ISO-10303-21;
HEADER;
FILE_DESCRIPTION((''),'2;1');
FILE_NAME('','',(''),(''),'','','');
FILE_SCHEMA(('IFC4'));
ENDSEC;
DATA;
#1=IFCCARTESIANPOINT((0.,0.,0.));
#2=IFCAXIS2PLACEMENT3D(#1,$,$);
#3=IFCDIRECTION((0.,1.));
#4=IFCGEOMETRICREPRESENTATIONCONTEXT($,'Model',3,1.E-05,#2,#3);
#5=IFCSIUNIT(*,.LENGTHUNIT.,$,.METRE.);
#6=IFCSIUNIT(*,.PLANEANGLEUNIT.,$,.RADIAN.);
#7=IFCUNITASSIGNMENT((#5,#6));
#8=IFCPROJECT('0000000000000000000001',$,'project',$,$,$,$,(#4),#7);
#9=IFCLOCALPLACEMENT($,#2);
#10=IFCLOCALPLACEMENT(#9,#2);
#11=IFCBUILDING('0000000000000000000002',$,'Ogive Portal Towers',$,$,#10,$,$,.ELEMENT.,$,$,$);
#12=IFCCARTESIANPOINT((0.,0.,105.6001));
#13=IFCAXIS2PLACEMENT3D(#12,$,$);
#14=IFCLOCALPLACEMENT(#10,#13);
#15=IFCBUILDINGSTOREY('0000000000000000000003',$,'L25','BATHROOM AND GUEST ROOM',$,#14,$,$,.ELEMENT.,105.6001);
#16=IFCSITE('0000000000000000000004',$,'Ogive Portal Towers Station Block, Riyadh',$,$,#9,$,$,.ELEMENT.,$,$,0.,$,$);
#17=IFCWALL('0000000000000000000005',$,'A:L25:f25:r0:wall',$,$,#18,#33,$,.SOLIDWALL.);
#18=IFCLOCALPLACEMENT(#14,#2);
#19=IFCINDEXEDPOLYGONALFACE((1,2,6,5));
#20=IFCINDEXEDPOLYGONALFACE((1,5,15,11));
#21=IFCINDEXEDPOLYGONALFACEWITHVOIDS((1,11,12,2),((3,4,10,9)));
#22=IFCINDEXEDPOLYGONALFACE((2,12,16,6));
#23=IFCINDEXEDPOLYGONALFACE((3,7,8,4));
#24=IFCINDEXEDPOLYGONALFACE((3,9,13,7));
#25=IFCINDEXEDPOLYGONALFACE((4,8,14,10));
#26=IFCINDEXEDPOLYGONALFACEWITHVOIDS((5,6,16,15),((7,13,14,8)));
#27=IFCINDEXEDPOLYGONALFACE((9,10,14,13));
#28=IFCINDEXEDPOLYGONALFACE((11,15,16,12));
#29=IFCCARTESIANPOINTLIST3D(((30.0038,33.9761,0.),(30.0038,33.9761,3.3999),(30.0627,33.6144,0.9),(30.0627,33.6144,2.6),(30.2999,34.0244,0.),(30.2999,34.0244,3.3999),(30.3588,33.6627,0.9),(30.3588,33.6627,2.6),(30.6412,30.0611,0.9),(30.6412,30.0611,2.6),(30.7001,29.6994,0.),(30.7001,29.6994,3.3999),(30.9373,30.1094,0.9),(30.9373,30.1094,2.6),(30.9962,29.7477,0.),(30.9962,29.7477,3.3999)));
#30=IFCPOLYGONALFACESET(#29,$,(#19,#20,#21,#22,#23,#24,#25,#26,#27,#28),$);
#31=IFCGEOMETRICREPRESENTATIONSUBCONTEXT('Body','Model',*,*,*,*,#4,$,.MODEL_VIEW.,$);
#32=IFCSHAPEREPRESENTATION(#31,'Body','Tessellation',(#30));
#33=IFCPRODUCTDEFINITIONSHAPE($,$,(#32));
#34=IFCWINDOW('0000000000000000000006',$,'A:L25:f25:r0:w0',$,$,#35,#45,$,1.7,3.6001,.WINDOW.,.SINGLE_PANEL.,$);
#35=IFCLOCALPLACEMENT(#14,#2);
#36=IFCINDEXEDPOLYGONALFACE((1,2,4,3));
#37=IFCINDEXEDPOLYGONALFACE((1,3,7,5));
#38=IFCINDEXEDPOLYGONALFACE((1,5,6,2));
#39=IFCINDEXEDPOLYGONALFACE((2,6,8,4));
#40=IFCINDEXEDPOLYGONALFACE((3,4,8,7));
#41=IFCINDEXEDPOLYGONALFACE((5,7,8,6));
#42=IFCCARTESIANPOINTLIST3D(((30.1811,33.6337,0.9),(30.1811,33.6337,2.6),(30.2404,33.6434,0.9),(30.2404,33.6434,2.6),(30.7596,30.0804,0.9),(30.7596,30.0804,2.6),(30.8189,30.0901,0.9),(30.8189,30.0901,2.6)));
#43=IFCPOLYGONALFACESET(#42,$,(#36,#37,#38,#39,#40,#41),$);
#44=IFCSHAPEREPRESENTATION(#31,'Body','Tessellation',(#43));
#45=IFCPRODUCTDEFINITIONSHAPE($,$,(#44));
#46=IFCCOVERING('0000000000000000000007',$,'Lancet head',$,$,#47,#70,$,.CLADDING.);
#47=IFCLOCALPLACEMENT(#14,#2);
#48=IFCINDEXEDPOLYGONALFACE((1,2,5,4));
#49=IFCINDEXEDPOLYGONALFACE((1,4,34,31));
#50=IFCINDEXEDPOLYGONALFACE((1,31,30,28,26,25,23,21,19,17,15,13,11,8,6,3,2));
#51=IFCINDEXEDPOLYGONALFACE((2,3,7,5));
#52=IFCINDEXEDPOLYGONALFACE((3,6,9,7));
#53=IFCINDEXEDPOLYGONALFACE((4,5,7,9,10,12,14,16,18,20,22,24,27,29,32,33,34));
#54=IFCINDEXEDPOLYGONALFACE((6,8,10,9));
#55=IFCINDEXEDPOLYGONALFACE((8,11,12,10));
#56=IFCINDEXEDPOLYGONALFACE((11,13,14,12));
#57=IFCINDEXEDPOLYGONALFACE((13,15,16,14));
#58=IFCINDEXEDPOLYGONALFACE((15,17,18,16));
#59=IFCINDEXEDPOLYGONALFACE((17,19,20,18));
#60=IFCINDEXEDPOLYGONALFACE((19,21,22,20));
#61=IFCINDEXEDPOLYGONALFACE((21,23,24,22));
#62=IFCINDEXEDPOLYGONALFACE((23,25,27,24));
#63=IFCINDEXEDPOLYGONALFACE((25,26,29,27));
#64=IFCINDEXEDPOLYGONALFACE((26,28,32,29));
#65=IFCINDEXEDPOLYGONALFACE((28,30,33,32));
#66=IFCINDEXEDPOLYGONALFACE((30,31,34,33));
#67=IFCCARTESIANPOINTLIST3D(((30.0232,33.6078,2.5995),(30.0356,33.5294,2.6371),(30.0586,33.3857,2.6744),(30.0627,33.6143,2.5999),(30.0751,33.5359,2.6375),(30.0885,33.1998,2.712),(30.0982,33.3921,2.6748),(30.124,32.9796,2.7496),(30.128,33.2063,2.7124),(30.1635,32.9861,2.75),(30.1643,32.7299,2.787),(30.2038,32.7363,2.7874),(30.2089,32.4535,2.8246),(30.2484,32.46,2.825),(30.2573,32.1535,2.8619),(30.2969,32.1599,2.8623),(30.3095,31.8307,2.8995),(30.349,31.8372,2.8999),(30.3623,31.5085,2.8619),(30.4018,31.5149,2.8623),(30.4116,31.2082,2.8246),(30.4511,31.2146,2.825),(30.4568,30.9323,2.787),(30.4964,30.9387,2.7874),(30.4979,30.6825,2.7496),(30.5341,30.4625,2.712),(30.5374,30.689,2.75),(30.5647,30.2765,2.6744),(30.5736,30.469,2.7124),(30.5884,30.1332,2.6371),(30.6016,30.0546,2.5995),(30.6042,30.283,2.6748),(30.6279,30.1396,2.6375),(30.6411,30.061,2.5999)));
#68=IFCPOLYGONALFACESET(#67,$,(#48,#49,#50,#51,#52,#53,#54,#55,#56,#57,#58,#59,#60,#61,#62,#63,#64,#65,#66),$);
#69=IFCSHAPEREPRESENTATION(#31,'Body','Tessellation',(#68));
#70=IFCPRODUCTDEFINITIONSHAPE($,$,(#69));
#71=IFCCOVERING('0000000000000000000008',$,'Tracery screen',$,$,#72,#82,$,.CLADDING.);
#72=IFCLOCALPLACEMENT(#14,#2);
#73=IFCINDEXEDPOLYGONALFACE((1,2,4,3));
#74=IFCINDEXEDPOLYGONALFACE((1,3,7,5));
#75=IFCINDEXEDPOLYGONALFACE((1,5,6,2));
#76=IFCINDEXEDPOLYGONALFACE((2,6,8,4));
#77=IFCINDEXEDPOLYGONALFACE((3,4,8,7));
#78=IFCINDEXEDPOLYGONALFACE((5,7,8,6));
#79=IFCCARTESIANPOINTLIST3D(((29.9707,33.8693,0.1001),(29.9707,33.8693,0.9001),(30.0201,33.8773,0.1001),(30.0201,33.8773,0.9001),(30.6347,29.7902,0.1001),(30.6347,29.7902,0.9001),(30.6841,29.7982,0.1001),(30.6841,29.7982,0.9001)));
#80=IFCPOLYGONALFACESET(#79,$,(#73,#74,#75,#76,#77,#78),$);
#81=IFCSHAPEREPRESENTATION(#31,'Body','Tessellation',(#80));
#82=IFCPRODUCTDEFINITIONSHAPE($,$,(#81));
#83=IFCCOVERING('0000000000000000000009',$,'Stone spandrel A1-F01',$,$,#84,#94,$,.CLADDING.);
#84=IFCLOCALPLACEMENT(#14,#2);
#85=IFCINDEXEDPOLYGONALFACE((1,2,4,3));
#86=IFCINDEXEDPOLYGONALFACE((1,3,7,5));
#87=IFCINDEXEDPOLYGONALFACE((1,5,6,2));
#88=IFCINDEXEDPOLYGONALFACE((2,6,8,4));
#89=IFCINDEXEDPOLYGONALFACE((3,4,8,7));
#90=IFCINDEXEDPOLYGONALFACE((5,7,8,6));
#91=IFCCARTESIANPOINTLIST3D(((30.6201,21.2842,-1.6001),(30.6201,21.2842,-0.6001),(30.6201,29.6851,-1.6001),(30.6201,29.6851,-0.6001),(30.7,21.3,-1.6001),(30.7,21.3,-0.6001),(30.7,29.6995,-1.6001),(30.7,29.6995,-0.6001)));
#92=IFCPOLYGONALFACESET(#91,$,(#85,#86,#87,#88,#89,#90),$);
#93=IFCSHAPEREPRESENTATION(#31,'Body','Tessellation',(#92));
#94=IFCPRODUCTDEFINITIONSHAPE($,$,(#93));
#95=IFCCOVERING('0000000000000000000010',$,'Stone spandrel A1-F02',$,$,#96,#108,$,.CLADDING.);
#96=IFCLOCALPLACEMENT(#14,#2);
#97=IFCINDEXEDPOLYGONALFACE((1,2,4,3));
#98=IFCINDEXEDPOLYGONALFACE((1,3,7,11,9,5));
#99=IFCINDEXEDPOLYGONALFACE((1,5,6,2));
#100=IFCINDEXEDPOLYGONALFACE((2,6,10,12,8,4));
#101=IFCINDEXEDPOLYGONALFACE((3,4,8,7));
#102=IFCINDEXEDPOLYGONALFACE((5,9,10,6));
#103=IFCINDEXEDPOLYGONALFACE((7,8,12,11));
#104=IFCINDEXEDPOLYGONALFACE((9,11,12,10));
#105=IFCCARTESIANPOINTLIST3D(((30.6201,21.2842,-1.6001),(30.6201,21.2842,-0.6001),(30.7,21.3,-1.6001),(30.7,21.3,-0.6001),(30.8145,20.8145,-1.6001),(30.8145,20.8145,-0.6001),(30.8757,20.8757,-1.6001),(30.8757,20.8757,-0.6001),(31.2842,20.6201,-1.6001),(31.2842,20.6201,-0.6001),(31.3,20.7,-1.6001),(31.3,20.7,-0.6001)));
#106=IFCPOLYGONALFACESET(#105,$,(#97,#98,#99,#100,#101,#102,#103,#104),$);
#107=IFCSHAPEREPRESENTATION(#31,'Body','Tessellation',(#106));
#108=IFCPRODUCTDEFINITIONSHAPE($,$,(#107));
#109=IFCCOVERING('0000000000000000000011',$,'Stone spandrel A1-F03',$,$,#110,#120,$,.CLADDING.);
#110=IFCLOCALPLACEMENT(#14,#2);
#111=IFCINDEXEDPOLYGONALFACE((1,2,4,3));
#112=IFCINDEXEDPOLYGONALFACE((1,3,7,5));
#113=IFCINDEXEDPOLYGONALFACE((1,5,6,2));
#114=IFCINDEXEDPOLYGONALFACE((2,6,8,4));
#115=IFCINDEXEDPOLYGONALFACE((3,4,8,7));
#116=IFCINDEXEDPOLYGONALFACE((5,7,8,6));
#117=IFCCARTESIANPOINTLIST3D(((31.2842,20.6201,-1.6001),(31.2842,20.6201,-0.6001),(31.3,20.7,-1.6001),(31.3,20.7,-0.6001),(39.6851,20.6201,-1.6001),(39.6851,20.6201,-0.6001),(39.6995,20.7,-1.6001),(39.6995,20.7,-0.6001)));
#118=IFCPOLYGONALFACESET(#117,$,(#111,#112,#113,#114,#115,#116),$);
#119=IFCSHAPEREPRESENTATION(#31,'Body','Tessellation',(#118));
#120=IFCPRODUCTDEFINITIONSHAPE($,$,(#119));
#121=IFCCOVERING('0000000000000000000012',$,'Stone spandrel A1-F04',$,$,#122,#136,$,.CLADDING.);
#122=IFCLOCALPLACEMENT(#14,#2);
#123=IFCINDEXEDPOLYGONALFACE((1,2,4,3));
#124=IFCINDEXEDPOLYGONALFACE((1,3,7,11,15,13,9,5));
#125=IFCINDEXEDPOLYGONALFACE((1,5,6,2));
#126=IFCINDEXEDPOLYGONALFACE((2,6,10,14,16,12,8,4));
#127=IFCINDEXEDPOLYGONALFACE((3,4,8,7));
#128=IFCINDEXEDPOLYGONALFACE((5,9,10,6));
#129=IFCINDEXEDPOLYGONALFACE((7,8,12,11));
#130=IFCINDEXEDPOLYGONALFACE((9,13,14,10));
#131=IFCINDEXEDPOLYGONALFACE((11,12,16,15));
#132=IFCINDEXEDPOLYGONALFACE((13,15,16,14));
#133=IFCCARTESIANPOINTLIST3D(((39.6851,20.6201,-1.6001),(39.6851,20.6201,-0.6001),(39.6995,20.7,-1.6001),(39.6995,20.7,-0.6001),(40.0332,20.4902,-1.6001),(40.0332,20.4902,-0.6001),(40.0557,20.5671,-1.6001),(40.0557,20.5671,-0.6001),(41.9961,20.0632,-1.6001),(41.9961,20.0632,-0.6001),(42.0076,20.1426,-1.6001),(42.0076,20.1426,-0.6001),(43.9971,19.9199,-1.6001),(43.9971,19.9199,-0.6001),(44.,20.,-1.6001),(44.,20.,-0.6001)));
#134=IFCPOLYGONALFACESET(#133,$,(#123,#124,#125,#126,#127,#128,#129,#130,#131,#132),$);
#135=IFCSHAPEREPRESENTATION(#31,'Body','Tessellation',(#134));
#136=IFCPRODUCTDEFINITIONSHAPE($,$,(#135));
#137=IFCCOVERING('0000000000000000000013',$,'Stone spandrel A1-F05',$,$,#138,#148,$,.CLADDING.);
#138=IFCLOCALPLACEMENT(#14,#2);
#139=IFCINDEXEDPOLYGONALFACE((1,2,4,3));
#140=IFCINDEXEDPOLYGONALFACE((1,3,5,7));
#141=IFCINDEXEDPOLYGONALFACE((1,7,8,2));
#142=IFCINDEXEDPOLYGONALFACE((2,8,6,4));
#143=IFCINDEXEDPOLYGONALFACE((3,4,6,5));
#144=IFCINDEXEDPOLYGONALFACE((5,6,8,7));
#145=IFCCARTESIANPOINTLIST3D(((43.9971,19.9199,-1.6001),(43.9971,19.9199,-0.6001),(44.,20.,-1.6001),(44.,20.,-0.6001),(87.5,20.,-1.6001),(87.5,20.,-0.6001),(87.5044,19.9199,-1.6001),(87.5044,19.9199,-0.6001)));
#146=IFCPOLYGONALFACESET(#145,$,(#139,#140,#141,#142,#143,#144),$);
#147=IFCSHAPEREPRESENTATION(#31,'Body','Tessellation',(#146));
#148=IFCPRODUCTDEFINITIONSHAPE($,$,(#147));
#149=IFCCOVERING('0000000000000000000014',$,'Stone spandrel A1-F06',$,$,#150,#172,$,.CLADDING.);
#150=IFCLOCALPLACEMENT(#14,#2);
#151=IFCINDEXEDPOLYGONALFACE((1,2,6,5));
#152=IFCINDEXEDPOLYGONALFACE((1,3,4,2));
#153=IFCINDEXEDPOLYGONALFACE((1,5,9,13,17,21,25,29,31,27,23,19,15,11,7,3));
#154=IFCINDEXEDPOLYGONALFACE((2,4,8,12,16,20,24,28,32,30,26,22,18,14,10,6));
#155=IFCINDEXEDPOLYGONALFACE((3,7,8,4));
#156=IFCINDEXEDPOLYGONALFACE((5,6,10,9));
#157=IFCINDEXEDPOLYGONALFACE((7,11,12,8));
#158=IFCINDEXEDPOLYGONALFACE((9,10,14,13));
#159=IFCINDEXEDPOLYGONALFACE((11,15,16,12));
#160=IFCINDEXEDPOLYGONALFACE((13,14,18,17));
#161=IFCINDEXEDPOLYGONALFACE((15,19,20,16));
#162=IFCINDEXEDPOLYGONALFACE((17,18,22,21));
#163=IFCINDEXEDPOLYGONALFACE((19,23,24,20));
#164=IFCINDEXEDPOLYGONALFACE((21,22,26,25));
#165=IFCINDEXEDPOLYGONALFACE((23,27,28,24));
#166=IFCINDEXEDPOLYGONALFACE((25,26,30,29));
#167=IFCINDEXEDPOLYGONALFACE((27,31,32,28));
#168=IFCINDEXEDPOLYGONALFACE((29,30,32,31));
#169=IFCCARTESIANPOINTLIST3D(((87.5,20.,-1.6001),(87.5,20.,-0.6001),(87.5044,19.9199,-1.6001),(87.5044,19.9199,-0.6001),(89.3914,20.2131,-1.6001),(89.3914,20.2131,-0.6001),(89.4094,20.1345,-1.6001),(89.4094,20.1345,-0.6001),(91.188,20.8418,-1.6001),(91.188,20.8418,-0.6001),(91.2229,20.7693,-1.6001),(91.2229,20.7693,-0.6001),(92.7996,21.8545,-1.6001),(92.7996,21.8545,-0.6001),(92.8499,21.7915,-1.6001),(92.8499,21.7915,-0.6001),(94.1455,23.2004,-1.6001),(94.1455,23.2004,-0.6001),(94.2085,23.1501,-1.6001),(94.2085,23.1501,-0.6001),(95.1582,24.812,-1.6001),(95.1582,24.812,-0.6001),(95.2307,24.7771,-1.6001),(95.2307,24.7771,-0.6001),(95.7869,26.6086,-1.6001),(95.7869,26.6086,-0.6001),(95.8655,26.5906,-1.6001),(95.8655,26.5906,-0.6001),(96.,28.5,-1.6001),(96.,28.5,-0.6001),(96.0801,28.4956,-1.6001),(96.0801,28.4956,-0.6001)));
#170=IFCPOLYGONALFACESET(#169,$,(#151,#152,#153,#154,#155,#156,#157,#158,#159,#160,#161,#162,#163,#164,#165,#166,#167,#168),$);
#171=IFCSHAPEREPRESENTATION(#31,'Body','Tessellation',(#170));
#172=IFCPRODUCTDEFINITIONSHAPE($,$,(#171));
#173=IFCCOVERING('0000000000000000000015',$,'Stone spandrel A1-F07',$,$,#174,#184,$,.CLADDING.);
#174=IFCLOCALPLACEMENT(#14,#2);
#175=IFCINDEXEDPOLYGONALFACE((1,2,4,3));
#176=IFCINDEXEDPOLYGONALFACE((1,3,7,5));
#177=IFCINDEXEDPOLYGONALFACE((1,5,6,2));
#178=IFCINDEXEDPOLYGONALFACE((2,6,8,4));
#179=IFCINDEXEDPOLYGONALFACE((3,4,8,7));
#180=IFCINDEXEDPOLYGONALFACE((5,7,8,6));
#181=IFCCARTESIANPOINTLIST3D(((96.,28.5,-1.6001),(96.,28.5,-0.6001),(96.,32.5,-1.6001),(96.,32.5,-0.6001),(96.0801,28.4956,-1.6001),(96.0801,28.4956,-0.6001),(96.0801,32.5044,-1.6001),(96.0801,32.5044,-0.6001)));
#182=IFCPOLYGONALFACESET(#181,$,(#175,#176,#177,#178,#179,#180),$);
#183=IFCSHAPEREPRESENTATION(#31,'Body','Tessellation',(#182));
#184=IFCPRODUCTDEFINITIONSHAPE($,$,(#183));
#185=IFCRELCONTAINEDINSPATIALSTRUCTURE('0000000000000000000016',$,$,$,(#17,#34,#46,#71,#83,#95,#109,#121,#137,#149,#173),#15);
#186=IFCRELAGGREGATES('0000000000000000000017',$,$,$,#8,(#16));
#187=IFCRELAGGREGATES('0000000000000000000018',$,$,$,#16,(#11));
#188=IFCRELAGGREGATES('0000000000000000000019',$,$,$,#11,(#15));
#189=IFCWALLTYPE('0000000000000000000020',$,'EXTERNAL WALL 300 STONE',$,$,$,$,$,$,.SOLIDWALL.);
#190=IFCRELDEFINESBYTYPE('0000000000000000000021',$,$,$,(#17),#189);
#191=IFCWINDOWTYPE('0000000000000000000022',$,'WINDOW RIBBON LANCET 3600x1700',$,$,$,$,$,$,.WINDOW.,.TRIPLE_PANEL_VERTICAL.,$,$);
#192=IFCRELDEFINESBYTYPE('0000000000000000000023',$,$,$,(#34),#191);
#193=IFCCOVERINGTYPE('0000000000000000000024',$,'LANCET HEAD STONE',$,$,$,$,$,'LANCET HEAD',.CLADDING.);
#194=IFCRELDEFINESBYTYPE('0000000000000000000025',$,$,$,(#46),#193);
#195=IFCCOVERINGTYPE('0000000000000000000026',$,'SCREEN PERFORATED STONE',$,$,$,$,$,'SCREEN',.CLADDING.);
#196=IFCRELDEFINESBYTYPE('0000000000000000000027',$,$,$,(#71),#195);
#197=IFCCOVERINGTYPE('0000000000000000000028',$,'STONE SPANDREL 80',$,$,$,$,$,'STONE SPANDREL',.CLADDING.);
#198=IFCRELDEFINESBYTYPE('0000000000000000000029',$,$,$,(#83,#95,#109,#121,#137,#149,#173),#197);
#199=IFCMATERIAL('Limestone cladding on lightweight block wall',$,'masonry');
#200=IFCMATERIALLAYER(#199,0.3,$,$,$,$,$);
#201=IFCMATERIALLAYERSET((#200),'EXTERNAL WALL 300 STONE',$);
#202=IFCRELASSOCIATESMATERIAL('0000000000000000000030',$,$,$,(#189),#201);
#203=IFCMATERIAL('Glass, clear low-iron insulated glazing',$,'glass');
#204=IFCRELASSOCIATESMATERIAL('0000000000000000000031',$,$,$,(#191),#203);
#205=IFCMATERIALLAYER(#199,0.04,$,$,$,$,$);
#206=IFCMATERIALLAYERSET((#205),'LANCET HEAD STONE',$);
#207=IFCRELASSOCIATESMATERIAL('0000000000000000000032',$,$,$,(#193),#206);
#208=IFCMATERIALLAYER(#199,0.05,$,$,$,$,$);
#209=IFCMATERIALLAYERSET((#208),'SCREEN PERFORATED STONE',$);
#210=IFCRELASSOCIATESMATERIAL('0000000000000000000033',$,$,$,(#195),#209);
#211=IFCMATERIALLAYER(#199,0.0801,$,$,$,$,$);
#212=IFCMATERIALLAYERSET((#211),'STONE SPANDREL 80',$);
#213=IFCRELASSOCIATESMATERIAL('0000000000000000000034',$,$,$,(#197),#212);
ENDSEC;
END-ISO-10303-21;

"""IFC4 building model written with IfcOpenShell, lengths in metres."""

from ifc_helpers import new_model, si_unit, direction, frame, frame_2d, origin, origin_2d, place, context, subcontext, project, spatial, polyline, rectangle, outline, extrude, material, layer, layer_set, type_object, element, fill, save


model = new_model("IFC4")

# Units and contexts
model_context = context("Model", 3, precision=1e-05, world=origin(), true_north=direction((0.0, 1.0)))
body_context = subcontext(model_context, "Body", "Model", "MODEL_VIEW")
ifc_project = project(units=[si_unit("LENGTHUNIT", "METRE"), si_unit("PLANEANGLEUNIT", "RADIAN")], contexts=[model_context])

# Site, building, storey
site_placement = place(None, origin())
site = spatial("IfcSite", under=ifc_project, at=site_placement, Name="Ogive Portal Towers Station Block, Riyadh", CompositionType="ELEMENT", RefElevation=0.0)
building_placement = place(site_placement, origin())
building = spatial("IfcBuilding", under=site, at=building_placement, Name="Ogive Portal Towers", CompositionType="ELEMENT")
storey_placement = place(building_placement, frame((0.0, 0.0, 105.6001)))
storey = spatial("IfcBuildingStorey", under=building, at=storey_placement, Name="L25", Description="BATHROOM AND GUEST ROOM", CompositionType="ELEMENT", Elevation=105.6001)

# Wall, opening, window
ifc_material_1 = material(Name="Limestone cladding on lightweight block wall", Category="masonry")
ifc_layer_1 = layer(ifc_material_1, 0.3)
ifc_layer_set_1 = layer_set([ifc_layer_1], Name="EXTERNAL WALL 300 STONE")
wall_type = type_object("IfcWallType", Name="EXTERNAL WALL 300 STONE", PredefinedType="SOLIDWALL", material=ifc_layer_set_1)
wall_placement = place(storey_placement, frame((30.1519, 34.0002, 0.0), z_axis=(0.0, 0.0, 1.0), x_axis=(0.160697, -0.987004, 0.0)))
wall = element("IfcWall", 1, at=wall_placement, inside=storey, type_object=wall_type, Name="A:L25:f25:r0:wall", PredefinedType="SOLIDWALL", context=body_context, shape_type="SweptSolid", body=[
    extrude(rectangle(XDim=4.333, YDim=0.3, at=frame_2d((2.1665, 0.0))), origin(), (0.0, 0.0, 1.0), 3.3999),
])
opening_placement = place(wall_placement, frame((0.3665, 0.0, 0.8999)))
opening = element("IfcOpeningElement", 2, at=opening_placement, cuts=wall, PredefinedType="OPENING", context=body_context, shape_type="SweptSolid", body=[
    extrude(rectangle(XDim=3.6001, YDim=1.7, at=frame_2d((1.8, 0.8501))), frame((0.0, 0.1602, 0.0), z_axis=(0.0, -1.0, 0.0), x_axis=(1.0, 0.0, 0.0)), (0.0, 0.0, 1.0), 0.3201),
])
ifc_material_2 = material(Name="Glass, clear low-iron insulated glazing", Category="glass")
window_type = type_object("IfcWindowType", Name="WINDOW RIBBON LANCET 3600x1700", PartitioningType="TRIPLE_PANEL_VERTICAL", PredefinedType="WINDOW", material=ifc_material_2)
window_placement = place(opening_placement, origin())
window = element("IfcWindow", 3, at=window_placement, inside=storey, type_object=window_type, Name="A:L25:f25:r0:w0", OverallHeight=1.7, OverallWidth=3.6001, PartitioningType="SINGLE_PANEL", PredefinedType="WINDOW", context=body_context, shape_type="SweptSolid", body=[
    extrude(rectangle(XDim=3.6001, YDim=1.7, at=frame_2d((1.8, 0.8501))), frame((0.0, 0.03, 0.0), z_axis=(0.0, -1.0, 0.0), x_axis=(1.0, 0.0, 0.0)), (0.0, 0.0, 1.0), 0.0601),
])
fill(opening, window)

# Coverings
ifc_layer_2 = layer(ifc_material_1, 0.04)
ifc_layer_set_2 = layer_set([ifc_layer_2], Name="LANCET HEAD STONE")
covering_type_1 = type_object("IfcCoveringType", Name="LANCET HEAD STONE", ElementType="LANCET HEAD", PredefinedType="CLADDING", material=ifc_layer_set_2)
covering_1_placement = place(storey_placement, frame((30.0627, 33.6143, 2.5999), z_axis=(0.986964, 0.160642, 0.009786), x_axis=(0.16065, -0.987011, 0.0)))
element("IfcCovering", 4, at=covering_1_placement, inside=storey, type_object=covering_type_1, Name="Lancet head", PredefinedType="CLADDING", context=body_context, shape_type="SweptSolid", body=[
    extrude(outline(polyline([(0.0, 0.0), (3.6, 0.0), (3.5203, -0.0376), (3.375, -0.075), (3.1865, -0.1126), (2.9635, -0.1502), (2.7104, -0.1875), (2.4309, -0.2251), (2.1266, -0.2625), (1.8, -0.3001), (1.4731, -0.2625), (1.1691, -0.2251), (0.8892, -0.1875), (0.6362, -0.1502), (0.4132, -0.1126), (0.225, -0.075), (0.0794, -0.0376), (0.0, 0.0)])), origin(), (0.0, 0.0, -1.0), 0.04),
])
ifc_layer_3 = layer(ifc_material_1, 0.05)
ifc_layer_set_3 = layer_set([ifc_layer_3], Name="SCREEN PERFORATED STONE")
covering_type_2 = type_object("IfcCoveringType", Name="SCREEN PERFORATED STONE", ElementType="SCREEN", PredefinedType="CLADDING", material=ifc_layer_set_3)
covering_2_placement = place(storey_placement, frame((30.3274, 31.8337, 0.1001), z_axis=(0.0, 0.0, 1.0), x_axis=(0.160655, -0.987011, 0.0)))
element("IfcCovering", 5, at=covering_2_placement, inside=storey, type_object=covering_type_2, Name="Tracery screen", PredefinedType="CLADDING", context=body_context, shape_type="SweptSolid", body=[
    extrude(rectangle(XDim=4.1328, YDim=0.05, at=origin_2d()), origin(), (0.0, 0.0, 1.0), 0.8),
])
ifc_layer_4 = layer(ifc_material_1, 0.0801)
ifc_layer_set_4 = layer_set([ifc_layer_4], Name="STONE SPANDREL 80")
covering_type_3 = type_object("IfcCoveringType", Name="STONE SPANDREL 80", ElementType="STONE SPANDREL", PredefinedType="CLADDING", material=ifc_layer_set_4)
covering_3_placement = place(storey_placement, frame((0.0, 0.0, -1.6001)))
element("IfcCovering", 6, at=covering_3_placement, inside=storey, type_object=covering_type_3, Name="Stone spandrel A1-F01", PredefinedType="CLADDING", context=body_context, shape_type="SweptSolid", body=[
    extrude(outline(polyline([(30.7, 29.6995), (30.7, 21.3), (30.6201, 21.2842), (30.6201, 29.6851), (30.7, 29.6995)])), origin(), (0.0, 0.0, 1.0), 1.0),
])
covering_4_placement = place(storey_placement, frame((0.0, 0.0, -1.6001)))
element("IfcCovering", 7, at=covering_4_placement, inside=storey, type_object=covering_type_3, Name="Stone spandrel A1-F02", PredefinedType="CLADDING", context=body_context, shape_type="SweptSolid", body=[
    extrude(outline(polyline([(30.7, 21.3), (30.8757, 20.8757), (31.3, 20.7), (31.2842, 20.6201), (30.8145, 20.8145), (30.6201, 21.2842), (30.7, 21.3)])), origin(), (0.0, 0.0, 1.0), 1.0),
])
covering_5_placement = place(storey_placement, frame((0.0, 0.0, -1.6001)))
element("IfcCovering", 8, at=covering_5_placement, inside=storey, type_object=covering_type_3, Name="Stone spandrel A1-F03", PredefinedType="CLADDING", context=body_context, shape_type="SweptSolid", body=[
    extrude(outline(polyline([(31.3, 20.7), (39.6995, 20.7), (39.6851, 20.6201), (31.2842, 20.6201), (31.3, 20.7)])), origin(), (0.0, 0.0, 1.0), 1.0),
])
covering_6_placement = place(storey_placement, frame((0.0, 0.0, -1.6001)))
element("IfcCovering", 9, at=covering_6_placement, inside=storey, type_object=covering_type_3, Name="Stone spandrel A1-F04", PredefinedType="CLADDING", context=body_context, shape_type="SweptSolid", body=[
    extrude(outline(polyline([(39.6995, 20.7), (40.0557, 20.5671), (42.0076, 20.1426), (44.0, 20.0), (43.9971, 19.9199), (41.9961, 20.0632), (40.0332, 20.4902), (39.6851, 20.6201), (39.6995, 20.7)])), origin(), (0.0, 0.0, 1.0), 1.0),
])
covering_7_placement = place(storey_placement, frame((0.0, 0.0, -1.6001)))
element("IfcCovering", 10, at=covering_7_placement, inside=storey, type_object=covering_type_3, Name="Stone spandrel A1-F05", PredefinedType="CLADDING", context=body_context, shape_type="SweptSolid", body=[
    extrude(outline(polyline([(44.0, 20.0), (87.5, 20.0), (87.5044, 19.9199), (43.9971, 19.9199), (44.0, 20.0)])), origin(), (0.0, 0.0, 1.0), 1.0),
])
covering_8_placement = place(storey_placement, frame((0.0, 0.0, -1.6001)))
element("IfcCovering", 11, at=covering_8_placement, inside=storey, type_object=covering_type_3, Name="Stone spandrel A1-F06", PredefinedType="CLADDING", context=body_context, shape_type="SweptSolid", body=[
    extrude(outline(polyline([(87.5, 20.0), (89.3914, 20.2131), (91.188, 20.8418), (92.7996, 21.8545), (94.1455, 23.2004), (95.1582, 24.812), (95.7869, 26.6086), (96.0, 28.5), (96.0801, 28.4956), (95.8655, 26.5906), (95.2307, 24.7771), (94.2085, 23.1501), (92.8499, 21.7915), (91.2229, 20.7693), (89.4094, 20.1345), (87.5044, 19.9199), (87.5, 20.0)])), origin(), (0.0, 0.0, 1.0), 1.0),
])
covering_9_placement = place(storey_placement, frame((0.0, 0.0, -1.6001)))
element("IfcCovering", 12, at=covering_9_placement, inside=storey, type_object=covering_type_3, Name="Stone spandrel A1-F07", PredefinedType="CLADDING", context=body_context, shape_type="SweptSolid", body=[
    extrude(outline(polyline([(96.0, 28.5), (96.0, 32.5), (96.0801, 32.5044), (96.0801, 28.4956), (96.0, 28.5)])), origin(), (0.0, 0.0, 1.0), 1.0),
])

save(model, "model.ifc")
